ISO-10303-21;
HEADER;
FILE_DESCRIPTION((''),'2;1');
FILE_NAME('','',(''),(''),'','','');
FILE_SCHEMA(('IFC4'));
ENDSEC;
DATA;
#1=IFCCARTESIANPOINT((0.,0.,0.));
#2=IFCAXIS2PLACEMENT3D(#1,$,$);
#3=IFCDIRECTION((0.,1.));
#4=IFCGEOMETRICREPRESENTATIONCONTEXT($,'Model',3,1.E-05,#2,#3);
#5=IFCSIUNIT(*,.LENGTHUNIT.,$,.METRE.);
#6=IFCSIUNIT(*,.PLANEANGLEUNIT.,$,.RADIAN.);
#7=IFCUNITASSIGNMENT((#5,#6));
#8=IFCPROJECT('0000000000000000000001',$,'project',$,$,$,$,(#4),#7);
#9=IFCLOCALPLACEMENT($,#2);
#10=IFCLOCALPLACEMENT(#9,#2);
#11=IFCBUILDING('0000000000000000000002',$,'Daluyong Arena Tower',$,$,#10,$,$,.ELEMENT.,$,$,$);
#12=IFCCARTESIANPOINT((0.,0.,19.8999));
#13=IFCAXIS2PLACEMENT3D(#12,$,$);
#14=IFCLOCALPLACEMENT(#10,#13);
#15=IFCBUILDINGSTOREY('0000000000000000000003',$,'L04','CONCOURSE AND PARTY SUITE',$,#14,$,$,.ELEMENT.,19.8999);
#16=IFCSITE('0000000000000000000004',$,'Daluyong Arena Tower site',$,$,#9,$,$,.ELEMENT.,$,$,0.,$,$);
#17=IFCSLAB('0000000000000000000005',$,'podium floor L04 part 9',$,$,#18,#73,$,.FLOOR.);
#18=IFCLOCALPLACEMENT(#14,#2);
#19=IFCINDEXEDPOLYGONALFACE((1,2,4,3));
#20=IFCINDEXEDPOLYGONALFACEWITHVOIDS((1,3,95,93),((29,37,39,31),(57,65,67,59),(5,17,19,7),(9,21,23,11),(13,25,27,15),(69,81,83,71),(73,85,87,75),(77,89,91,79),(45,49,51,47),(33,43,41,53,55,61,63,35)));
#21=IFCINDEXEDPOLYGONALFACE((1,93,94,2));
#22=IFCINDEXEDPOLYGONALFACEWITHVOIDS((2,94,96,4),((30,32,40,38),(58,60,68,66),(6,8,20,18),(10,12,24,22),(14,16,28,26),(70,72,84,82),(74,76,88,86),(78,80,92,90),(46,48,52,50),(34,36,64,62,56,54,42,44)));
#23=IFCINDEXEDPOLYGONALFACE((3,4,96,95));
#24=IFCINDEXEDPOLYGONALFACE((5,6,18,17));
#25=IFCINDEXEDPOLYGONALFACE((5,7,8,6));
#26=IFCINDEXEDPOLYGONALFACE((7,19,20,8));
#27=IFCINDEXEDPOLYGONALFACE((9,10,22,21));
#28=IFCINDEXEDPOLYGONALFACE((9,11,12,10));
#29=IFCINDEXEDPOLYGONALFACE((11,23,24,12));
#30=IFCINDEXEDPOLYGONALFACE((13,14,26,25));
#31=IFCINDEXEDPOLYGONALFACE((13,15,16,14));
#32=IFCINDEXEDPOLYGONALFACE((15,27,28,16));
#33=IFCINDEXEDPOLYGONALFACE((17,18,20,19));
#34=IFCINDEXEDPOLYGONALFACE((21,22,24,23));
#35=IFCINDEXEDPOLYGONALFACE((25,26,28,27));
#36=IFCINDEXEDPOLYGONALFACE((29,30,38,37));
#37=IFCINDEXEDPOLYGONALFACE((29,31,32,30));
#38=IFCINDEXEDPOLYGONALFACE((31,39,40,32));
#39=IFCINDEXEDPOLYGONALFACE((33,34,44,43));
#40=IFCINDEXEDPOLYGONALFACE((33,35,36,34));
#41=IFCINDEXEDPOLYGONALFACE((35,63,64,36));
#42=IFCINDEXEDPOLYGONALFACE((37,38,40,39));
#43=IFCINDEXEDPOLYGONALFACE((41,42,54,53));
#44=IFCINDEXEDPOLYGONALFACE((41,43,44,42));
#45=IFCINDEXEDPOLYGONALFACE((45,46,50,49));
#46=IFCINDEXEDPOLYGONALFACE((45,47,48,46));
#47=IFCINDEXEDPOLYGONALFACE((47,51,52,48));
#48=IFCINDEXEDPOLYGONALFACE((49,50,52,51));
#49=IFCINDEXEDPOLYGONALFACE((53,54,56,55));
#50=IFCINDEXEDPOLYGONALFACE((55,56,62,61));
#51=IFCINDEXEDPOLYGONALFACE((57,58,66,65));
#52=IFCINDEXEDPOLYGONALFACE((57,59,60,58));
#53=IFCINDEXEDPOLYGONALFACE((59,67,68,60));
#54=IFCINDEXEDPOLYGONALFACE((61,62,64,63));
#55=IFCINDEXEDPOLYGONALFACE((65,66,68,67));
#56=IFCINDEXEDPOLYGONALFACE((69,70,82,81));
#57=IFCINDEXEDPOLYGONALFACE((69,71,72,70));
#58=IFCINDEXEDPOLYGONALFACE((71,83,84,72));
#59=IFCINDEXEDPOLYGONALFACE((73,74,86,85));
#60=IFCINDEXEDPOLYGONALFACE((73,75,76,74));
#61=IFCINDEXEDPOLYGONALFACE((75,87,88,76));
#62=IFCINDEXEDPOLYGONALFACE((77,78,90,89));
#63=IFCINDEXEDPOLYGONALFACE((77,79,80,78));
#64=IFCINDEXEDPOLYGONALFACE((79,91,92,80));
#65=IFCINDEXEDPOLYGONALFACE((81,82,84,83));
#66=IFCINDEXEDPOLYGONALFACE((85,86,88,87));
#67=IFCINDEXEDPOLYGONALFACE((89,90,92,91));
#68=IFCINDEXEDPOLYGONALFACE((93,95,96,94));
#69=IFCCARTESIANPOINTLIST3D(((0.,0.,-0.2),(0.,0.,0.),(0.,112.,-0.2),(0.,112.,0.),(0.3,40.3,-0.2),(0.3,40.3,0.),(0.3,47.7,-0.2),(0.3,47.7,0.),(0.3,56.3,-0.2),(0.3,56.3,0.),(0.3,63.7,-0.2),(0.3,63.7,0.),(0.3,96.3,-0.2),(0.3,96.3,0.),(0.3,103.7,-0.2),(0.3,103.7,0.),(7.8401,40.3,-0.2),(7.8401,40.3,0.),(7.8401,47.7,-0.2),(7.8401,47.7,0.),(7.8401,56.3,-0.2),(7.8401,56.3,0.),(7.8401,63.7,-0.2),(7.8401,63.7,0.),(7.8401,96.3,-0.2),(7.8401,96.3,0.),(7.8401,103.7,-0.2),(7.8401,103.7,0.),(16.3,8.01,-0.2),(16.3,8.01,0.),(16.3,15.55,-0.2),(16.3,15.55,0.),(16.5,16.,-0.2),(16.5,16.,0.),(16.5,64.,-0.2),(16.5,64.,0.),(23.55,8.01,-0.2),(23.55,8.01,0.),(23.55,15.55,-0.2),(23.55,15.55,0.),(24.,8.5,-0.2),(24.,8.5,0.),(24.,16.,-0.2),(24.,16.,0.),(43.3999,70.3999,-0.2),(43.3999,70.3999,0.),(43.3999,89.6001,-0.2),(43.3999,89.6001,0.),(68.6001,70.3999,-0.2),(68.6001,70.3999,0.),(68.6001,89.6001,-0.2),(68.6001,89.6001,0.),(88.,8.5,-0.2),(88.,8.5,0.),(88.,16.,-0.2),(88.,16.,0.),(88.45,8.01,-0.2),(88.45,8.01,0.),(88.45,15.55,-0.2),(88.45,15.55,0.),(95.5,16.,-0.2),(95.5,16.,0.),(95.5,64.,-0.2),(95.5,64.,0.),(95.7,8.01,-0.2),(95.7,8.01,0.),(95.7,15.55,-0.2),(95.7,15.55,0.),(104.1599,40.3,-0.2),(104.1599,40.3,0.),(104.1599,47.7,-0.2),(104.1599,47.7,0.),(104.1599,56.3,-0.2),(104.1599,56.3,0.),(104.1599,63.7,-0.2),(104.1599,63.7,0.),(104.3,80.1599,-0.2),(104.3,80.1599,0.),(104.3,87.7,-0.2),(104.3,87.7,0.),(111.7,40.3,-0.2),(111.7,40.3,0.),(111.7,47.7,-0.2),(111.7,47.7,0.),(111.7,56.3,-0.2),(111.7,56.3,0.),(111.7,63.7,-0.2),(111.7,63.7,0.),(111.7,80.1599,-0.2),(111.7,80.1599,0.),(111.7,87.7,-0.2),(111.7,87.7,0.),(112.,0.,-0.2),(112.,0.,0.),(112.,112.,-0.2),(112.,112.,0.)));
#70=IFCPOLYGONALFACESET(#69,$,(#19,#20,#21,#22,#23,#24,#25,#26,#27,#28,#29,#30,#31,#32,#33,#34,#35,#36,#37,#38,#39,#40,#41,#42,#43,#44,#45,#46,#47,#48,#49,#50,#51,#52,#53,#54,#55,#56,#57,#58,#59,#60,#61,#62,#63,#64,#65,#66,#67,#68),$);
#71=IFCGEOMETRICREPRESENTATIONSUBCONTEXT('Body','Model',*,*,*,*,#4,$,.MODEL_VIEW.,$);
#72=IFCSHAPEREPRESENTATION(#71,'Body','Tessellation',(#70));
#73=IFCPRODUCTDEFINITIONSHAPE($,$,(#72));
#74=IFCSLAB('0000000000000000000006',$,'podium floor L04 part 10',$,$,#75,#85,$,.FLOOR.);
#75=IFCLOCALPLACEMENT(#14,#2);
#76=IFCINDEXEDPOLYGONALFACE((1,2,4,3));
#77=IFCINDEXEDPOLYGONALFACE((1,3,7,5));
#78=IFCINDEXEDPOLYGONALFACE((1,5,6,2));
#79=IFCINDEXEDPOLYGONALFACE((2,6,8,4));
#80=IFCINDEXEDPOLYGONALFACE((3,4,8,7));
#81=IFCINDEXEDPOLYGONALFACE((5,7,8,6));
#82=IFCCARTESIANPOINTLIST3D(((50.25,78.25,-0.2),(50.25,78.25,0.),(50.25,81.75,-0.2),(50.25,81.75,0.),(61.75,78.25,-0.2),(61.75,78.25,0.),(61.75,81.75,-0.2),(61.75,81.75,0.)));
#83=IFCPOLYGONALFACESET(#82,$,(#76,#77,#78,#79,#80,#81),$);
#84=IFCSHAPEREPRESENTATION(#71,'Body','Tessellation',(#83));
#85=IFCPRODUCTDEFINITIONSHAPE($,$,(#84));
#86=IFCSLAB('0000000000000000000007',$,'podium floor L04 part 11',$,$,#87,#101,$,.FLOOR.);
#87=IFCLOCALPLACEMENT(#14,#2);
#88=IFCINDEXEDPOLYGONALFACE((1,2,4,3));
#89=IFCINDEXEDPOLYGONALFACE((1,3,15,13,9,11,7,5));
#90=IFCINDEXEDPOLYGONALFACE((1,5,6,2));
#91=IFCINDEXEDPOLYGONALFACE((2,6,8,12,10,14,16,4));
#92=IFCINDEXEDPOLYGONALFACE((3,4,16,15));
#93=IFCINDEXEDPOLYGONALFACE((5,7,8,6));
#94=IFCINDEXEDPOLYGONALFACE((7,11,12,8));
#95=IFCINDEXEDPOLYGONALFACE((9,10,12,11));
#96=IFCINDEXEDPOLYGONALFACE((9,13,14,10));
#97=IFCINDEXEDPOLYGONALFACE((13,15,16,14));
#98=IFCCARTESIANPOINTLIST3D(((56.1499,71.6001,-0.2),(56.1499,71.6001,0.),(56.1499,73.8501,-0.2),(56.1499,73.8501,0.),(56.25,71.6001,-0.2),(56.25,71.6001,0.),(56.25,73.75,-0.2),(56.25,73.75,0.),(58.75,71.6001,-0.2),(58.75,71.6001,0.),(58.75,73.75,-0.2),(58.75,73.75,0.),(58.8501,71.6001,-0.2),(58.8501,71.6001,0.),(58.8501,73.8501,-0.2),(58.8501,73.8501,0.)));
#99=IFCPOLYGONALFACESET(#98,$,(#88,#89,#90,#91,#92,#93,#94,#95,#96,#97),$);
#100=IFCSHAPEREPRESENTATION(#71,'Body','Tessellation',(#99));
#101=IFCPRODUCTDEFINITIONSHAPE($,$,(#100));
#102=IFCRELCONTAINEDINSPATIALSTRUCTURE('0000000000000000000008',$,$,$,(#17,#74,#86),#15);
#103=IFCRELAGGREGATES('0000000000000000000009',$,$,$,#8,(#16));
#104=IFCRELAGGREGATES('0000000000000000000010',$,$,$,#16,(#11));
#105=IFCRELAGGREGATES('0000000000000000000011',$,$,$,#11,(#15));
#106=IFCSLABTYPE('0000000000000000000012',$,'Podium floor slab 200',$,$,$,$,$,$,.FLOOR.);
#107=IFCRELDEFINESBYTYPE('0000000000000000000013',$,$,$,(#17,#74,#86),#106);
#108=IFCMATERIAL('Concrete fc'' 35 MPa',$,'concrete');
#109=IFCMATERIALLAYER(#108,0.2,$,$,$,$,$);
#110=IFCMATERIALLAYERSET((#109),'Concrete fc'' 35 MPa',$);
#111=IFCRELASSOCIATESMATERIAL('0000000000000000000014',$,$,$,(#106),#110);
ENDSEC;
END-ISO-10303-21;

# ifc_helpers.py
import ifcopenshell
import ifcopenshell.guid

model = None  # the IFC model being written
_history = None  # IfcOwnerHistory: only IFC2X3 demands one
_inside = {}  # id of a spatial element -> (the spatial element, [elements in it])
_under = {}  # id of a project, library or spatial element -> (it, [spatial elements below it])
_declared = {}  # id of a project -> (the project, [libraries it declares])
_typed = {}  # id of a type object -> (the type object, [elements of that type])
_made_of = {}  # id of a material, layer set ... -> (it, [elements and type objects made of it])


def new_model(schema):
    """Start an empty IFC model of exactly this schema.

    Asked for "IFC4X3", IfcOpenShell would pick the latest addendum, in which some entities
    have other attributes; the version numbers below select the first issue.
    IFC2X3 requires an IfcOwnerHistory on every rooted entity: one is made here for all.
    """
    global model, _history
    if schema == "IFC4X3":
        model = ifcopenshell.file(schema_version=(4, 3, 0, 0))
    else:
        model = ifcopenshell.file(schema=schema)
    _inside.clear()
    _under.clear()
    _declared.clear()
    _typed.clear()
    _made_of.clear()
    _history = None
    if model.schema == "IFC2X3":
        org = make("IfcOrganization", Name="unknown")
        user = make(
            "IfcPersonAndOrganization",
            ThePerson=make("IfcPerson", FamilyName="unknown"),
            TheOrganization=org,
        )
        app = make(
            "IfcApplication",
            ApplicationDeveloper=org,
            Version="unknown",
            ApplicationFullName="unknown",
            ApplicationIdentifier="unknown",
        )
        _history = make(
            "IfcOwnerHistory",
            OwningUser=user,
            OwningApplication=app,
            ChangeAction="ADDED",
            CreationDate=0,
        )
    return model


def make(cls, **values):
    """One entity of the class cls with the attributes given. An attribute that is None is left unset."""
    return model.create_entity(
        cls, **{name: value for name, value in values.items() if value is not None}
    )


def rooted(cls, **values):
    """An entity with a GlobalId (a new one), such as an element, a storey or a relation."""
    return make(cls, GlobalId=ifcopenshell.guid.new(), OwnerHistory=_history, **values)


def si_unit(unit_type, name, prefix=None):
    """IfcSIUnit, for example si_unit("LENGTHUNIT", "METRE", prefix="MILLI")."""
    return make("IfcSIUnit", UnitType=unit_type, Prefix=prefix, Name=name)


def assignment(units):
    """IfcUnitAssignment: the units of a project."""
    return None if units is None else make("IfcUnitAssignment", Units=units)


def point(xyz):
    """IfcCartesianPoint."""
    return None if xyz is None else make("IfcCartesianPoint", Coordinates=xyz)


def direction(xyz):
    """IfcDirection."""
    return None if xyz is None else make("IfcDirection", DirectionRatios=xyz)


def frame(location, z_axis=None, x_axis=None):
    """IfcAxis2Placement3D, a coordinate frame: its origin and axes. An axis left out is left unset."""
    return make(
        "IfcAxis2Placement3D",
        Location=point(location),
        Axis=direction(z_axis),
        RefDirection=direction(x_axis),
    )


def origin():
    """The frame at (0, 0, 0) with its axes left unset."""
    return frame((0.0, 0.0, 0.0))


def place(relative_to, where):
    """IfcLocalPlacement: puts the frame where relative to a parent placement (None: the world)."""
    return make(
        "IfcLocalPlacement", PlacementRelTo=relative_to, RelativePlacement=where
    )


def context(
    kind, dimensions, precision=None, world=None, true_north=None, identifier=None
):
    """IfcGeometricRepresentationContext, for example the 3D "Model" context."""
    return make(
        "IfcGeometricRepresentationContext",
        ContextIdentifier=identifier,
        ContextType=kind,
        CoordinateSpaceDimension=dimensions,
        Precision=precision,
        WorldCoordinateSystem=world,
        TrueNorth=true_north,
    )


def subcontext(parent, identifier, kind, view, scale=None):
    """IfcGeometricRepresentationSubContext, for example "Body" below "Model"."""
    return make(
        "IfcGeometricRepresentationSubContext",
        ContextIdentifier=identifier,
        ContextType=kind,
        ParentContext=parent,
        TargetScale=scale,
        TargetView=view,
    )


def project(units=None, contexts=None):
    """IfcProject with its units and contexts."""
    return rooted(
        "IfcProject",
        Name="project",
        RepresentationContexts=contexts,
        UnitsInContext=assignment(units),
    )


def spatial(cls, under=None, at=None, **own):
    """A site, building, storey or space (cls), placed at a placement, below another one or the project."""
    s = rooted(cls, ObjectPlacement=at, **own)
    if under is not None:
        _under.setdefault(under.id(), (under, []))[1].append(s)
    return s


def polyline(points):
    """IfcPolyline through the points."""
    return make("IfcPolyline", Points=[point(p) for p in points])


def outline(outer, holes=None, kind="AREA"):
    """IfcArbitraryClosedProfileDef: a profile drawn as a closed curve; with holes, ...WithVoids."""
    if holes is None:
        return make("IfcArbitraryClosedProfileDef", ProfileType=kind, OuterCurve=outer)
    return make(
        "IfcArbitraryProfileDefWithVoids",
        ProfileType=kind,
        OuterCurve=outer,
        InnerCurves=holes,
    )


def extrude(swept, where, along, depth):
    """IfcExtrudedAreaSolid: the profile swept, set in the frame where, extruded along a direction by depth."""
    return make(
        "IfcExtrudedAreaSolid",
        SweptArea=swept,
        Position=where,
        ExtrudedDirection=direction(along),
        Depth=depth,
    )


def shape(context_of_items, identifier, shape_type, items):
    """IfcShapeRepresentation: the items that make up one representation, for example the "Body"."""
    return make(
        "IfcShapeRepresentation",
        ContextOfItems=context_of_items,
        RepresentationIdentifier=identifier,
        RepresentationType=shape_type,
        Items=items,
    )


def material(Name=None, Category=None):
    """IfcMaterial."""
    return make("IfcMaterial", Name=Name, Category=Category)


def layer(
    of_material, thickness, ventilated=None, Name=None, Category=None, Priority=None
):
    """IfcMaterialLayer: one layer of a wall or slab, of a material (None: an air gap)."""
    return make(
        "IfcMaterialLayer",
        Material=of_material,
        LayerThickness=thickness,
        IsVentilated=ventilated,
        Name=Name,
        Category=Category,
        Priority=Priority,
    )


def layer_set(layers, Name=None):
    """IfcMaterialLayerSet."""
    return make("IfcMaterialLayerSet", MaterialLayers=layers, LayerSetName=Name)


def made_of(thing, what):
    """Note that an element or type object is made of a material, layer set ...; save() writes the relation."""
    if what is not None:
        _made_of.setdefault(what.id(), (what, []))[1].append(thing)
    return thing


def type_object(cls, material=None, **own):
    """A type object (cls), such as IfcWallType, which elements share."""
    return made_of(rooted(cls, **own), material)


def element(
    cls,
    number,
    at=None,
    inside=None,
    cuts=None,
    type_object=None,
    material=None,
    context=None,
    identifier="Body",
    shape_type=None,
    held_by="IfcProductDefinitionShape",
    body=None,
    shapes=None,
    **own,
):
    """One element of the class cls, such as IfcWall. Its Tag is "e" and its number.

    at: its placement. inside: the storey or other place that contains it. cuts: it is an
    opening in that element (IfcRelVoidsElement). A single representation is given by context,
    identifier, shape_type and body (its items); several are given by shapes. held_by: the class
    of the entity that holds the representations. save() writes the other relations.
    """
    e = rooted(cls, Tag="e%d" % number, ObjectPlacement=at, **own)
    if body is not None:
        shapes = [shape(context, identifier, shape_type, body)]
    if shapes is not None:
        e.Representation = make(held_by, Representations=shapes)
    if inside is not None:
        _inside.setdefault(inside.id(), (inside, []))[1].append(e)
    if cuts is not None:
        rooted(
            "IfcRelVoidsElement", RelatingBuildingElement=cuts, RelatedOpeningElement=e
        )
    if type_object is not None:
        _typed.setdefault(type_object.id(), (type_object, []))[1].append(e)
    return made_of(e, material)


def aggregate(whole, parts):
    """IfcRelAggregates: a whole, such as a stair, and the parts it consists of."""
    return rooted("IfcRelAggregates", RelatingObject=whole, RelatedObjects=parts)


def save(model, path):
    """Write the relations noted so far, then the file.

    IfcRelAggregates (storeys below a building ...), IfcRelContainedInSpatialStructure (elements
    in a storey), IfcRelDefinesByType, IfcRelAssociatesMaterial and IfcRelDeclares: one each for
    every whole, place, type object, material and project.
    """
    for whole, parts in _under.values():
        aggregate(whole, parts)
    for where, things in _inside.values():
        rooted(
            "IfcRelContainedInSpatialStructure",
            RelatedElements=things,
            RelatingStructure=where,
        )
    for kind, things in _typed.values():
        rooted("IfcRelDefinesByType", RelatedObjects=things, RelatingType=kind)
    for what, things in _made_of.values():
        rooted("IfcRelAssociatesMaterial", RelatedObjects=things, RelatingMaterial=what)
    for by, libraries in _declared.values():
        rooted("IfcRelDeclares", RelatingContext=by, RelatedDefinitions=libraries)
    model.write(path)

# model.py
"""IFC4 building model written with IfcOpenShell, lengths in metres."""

from ifc_helpers import new_model, si_unit, direction, frame, origin, place, context, subcontext, project, spatial, polyline, outline, extrude, material, layer, layer_set, type_object, element, save


model = new_model("IFC4")

# Units and contexts
model_context = context("Model", 3, precision=1e-05, world=origin(), true_north=direction((0.0, 1.0)))
body_context = subcontext(model_context, "Body", "Model", "MODEL_VIEW")
ifc_project = project(units=[si_unit("LENGTHUNIT", "METRE"), si_unit("PLANEANGLEUNIT", "RADIAN")], contexts=[model_context])

# Site, building, storey
site_placement = place(None, origin())
site = spatial("IfcSite", under=ifc_project, at=site_placement, Name="Daluyong Arena Tower site", CompositionType="ELEMENT", RefElevation=0.0)
building_placement = place(site_placement, origin())
building = spatial("IfcBuilding", under=site, at=building_placement, Name="Daluyong Arena Tower", CompositionType="ELEMENT")
storey_placement = place(building_placement, frame((0.0, 0.0, 19.8999)))
storey = spatial("IfcBuildingStorey", under=building, at=storey_placement, Name="L04", Description="CONCOURSE AND PARTY SUITE", CompositionType="ELEMENT", Elevation=19.8999)

# Slabs
ifc_material_1 = material(Name="Concrete fc' 35 MPa", Category="concrete")
ifc_layer = layer(ifc_material_1, 0.2)
ifc_layer_set = layer_set([ifc_layer], Name="Concrete fc' 35 MPa")
slab_type = type_object("IfcSlabType", Name="Podium floor slab 200", PredefinedType="FLOOR", material=ifc_layer_set)
slab_1_placement = place(storey_placement, frame((0.0, 0.0, -0.2)))
element("IfcSlab", 1, at=slab_1_placement, inside=storey, type_object=slab_type, Name="podium floor L04 part 9", PredefinedType="FLOOR", context=body_context, shape_type="SweptSolid", body=[
    extrude(outline(polyline([(0.0, 112.0), (0.0, 0.0), (112.0, 0.0), (112.0, 112.0), (0.0, 112.0)]), holes=[polyline([(16.5, 16.0), (16.5, 64.0), (95.5, 64.0), (95.5, 16.0), (88.0, 16.0), (88.0, 8.5), (24.0, 8.5), (24.0, 16.0), (16.5, 16.0)]), polyline([(23.55, 15.55), (23.55, 8.01), (16.3, 8.01), (16.3, 15.55), (23.55, 15.55)]), polyline([(7.8401, 47.7), (7.8401, 40.3), (0.3, 40.3), (0.3, 47.7), (7.8401, 47.7)]), polyline([(7.8401, 63.7), (7.8401, 56.3), (0.3, 56.3), (0.3, 63.7), (7.8401, 63.7)]), polyline([(68.6001, 89.6001), (68.6001, 70.3999), (43.3999, 70.3999), (43.3999, 89.6001), (68.6001, 89.6001)]), polyline([(0.3, 103.7), (7.8401, 103.7), (7.8401, 96.3), (0.3, 96.3), (0.3, 103.7)]), polyline([(95.7, 8.01), (88.45, 8.01), (88.45, 15.55), (95.7, 15.55), (95.7, 8.01)]), polyline([(111.7, 47.7), (111.7, 40.3), (104.1599, 40.3), (104.1599, 47.7), (111.7, 47.7)]), polyline([(104.1599, 63.7), (111.7, 63.7), (111.7, 56.3), (104.1599, 56.3), (104.1599, 63.7)]), polyline([(104.3, 80.1599), (104.3, 87.7), (111.7, 87.7), (111.7, 80.1599), (104.3, 80.1599)])]), origin(), (0.0, 0.0, 1.0), 0.2),
])
slab_2_placement = place(storey_placement, frame((0.0, 0.0, -0.2)))
element("IfcSlab", 2, at=slab_2_placement, inside=storey, type_object=slab_type, Name="podium floor L04 part 10", PredefinedType="FLOOR", context=body_context, shape_type="SweptSolid", body=[
    extrude(outline(polyline([(61.75, 81.75), (50.25, 81.75), (50.25, 78.25), (61.75, 78.25), (61.75, 81.75)])), origin(), (0.0, 0.0, 1.0), 0.2),
])
slab_3_placement = place(storey_placement, frame((0.0, 0.0, -0.2)))
element("IfcSlab", 3, at=slab_3_placement, inside=storey, type_object=slab_type, Name="podium floor L04 part 11", PredefinedType="FLOOR", context=body_context, shape_type="SweptSolid", body=[
    extrude(outline(polyline([(58.8501, 73.8501), (56.1499, 73.8501), (56.1499, 71.6001), (56.25, 71.6001), (56.25, 73.75), (58.75, 73.75), (58.75, 71.6001), (58.8501, 71.6001), (58.8501, 73.8501)])), origin(), (0.0, 0.0, 1.0), 0.2),
])

save(model, "model.ifc")
